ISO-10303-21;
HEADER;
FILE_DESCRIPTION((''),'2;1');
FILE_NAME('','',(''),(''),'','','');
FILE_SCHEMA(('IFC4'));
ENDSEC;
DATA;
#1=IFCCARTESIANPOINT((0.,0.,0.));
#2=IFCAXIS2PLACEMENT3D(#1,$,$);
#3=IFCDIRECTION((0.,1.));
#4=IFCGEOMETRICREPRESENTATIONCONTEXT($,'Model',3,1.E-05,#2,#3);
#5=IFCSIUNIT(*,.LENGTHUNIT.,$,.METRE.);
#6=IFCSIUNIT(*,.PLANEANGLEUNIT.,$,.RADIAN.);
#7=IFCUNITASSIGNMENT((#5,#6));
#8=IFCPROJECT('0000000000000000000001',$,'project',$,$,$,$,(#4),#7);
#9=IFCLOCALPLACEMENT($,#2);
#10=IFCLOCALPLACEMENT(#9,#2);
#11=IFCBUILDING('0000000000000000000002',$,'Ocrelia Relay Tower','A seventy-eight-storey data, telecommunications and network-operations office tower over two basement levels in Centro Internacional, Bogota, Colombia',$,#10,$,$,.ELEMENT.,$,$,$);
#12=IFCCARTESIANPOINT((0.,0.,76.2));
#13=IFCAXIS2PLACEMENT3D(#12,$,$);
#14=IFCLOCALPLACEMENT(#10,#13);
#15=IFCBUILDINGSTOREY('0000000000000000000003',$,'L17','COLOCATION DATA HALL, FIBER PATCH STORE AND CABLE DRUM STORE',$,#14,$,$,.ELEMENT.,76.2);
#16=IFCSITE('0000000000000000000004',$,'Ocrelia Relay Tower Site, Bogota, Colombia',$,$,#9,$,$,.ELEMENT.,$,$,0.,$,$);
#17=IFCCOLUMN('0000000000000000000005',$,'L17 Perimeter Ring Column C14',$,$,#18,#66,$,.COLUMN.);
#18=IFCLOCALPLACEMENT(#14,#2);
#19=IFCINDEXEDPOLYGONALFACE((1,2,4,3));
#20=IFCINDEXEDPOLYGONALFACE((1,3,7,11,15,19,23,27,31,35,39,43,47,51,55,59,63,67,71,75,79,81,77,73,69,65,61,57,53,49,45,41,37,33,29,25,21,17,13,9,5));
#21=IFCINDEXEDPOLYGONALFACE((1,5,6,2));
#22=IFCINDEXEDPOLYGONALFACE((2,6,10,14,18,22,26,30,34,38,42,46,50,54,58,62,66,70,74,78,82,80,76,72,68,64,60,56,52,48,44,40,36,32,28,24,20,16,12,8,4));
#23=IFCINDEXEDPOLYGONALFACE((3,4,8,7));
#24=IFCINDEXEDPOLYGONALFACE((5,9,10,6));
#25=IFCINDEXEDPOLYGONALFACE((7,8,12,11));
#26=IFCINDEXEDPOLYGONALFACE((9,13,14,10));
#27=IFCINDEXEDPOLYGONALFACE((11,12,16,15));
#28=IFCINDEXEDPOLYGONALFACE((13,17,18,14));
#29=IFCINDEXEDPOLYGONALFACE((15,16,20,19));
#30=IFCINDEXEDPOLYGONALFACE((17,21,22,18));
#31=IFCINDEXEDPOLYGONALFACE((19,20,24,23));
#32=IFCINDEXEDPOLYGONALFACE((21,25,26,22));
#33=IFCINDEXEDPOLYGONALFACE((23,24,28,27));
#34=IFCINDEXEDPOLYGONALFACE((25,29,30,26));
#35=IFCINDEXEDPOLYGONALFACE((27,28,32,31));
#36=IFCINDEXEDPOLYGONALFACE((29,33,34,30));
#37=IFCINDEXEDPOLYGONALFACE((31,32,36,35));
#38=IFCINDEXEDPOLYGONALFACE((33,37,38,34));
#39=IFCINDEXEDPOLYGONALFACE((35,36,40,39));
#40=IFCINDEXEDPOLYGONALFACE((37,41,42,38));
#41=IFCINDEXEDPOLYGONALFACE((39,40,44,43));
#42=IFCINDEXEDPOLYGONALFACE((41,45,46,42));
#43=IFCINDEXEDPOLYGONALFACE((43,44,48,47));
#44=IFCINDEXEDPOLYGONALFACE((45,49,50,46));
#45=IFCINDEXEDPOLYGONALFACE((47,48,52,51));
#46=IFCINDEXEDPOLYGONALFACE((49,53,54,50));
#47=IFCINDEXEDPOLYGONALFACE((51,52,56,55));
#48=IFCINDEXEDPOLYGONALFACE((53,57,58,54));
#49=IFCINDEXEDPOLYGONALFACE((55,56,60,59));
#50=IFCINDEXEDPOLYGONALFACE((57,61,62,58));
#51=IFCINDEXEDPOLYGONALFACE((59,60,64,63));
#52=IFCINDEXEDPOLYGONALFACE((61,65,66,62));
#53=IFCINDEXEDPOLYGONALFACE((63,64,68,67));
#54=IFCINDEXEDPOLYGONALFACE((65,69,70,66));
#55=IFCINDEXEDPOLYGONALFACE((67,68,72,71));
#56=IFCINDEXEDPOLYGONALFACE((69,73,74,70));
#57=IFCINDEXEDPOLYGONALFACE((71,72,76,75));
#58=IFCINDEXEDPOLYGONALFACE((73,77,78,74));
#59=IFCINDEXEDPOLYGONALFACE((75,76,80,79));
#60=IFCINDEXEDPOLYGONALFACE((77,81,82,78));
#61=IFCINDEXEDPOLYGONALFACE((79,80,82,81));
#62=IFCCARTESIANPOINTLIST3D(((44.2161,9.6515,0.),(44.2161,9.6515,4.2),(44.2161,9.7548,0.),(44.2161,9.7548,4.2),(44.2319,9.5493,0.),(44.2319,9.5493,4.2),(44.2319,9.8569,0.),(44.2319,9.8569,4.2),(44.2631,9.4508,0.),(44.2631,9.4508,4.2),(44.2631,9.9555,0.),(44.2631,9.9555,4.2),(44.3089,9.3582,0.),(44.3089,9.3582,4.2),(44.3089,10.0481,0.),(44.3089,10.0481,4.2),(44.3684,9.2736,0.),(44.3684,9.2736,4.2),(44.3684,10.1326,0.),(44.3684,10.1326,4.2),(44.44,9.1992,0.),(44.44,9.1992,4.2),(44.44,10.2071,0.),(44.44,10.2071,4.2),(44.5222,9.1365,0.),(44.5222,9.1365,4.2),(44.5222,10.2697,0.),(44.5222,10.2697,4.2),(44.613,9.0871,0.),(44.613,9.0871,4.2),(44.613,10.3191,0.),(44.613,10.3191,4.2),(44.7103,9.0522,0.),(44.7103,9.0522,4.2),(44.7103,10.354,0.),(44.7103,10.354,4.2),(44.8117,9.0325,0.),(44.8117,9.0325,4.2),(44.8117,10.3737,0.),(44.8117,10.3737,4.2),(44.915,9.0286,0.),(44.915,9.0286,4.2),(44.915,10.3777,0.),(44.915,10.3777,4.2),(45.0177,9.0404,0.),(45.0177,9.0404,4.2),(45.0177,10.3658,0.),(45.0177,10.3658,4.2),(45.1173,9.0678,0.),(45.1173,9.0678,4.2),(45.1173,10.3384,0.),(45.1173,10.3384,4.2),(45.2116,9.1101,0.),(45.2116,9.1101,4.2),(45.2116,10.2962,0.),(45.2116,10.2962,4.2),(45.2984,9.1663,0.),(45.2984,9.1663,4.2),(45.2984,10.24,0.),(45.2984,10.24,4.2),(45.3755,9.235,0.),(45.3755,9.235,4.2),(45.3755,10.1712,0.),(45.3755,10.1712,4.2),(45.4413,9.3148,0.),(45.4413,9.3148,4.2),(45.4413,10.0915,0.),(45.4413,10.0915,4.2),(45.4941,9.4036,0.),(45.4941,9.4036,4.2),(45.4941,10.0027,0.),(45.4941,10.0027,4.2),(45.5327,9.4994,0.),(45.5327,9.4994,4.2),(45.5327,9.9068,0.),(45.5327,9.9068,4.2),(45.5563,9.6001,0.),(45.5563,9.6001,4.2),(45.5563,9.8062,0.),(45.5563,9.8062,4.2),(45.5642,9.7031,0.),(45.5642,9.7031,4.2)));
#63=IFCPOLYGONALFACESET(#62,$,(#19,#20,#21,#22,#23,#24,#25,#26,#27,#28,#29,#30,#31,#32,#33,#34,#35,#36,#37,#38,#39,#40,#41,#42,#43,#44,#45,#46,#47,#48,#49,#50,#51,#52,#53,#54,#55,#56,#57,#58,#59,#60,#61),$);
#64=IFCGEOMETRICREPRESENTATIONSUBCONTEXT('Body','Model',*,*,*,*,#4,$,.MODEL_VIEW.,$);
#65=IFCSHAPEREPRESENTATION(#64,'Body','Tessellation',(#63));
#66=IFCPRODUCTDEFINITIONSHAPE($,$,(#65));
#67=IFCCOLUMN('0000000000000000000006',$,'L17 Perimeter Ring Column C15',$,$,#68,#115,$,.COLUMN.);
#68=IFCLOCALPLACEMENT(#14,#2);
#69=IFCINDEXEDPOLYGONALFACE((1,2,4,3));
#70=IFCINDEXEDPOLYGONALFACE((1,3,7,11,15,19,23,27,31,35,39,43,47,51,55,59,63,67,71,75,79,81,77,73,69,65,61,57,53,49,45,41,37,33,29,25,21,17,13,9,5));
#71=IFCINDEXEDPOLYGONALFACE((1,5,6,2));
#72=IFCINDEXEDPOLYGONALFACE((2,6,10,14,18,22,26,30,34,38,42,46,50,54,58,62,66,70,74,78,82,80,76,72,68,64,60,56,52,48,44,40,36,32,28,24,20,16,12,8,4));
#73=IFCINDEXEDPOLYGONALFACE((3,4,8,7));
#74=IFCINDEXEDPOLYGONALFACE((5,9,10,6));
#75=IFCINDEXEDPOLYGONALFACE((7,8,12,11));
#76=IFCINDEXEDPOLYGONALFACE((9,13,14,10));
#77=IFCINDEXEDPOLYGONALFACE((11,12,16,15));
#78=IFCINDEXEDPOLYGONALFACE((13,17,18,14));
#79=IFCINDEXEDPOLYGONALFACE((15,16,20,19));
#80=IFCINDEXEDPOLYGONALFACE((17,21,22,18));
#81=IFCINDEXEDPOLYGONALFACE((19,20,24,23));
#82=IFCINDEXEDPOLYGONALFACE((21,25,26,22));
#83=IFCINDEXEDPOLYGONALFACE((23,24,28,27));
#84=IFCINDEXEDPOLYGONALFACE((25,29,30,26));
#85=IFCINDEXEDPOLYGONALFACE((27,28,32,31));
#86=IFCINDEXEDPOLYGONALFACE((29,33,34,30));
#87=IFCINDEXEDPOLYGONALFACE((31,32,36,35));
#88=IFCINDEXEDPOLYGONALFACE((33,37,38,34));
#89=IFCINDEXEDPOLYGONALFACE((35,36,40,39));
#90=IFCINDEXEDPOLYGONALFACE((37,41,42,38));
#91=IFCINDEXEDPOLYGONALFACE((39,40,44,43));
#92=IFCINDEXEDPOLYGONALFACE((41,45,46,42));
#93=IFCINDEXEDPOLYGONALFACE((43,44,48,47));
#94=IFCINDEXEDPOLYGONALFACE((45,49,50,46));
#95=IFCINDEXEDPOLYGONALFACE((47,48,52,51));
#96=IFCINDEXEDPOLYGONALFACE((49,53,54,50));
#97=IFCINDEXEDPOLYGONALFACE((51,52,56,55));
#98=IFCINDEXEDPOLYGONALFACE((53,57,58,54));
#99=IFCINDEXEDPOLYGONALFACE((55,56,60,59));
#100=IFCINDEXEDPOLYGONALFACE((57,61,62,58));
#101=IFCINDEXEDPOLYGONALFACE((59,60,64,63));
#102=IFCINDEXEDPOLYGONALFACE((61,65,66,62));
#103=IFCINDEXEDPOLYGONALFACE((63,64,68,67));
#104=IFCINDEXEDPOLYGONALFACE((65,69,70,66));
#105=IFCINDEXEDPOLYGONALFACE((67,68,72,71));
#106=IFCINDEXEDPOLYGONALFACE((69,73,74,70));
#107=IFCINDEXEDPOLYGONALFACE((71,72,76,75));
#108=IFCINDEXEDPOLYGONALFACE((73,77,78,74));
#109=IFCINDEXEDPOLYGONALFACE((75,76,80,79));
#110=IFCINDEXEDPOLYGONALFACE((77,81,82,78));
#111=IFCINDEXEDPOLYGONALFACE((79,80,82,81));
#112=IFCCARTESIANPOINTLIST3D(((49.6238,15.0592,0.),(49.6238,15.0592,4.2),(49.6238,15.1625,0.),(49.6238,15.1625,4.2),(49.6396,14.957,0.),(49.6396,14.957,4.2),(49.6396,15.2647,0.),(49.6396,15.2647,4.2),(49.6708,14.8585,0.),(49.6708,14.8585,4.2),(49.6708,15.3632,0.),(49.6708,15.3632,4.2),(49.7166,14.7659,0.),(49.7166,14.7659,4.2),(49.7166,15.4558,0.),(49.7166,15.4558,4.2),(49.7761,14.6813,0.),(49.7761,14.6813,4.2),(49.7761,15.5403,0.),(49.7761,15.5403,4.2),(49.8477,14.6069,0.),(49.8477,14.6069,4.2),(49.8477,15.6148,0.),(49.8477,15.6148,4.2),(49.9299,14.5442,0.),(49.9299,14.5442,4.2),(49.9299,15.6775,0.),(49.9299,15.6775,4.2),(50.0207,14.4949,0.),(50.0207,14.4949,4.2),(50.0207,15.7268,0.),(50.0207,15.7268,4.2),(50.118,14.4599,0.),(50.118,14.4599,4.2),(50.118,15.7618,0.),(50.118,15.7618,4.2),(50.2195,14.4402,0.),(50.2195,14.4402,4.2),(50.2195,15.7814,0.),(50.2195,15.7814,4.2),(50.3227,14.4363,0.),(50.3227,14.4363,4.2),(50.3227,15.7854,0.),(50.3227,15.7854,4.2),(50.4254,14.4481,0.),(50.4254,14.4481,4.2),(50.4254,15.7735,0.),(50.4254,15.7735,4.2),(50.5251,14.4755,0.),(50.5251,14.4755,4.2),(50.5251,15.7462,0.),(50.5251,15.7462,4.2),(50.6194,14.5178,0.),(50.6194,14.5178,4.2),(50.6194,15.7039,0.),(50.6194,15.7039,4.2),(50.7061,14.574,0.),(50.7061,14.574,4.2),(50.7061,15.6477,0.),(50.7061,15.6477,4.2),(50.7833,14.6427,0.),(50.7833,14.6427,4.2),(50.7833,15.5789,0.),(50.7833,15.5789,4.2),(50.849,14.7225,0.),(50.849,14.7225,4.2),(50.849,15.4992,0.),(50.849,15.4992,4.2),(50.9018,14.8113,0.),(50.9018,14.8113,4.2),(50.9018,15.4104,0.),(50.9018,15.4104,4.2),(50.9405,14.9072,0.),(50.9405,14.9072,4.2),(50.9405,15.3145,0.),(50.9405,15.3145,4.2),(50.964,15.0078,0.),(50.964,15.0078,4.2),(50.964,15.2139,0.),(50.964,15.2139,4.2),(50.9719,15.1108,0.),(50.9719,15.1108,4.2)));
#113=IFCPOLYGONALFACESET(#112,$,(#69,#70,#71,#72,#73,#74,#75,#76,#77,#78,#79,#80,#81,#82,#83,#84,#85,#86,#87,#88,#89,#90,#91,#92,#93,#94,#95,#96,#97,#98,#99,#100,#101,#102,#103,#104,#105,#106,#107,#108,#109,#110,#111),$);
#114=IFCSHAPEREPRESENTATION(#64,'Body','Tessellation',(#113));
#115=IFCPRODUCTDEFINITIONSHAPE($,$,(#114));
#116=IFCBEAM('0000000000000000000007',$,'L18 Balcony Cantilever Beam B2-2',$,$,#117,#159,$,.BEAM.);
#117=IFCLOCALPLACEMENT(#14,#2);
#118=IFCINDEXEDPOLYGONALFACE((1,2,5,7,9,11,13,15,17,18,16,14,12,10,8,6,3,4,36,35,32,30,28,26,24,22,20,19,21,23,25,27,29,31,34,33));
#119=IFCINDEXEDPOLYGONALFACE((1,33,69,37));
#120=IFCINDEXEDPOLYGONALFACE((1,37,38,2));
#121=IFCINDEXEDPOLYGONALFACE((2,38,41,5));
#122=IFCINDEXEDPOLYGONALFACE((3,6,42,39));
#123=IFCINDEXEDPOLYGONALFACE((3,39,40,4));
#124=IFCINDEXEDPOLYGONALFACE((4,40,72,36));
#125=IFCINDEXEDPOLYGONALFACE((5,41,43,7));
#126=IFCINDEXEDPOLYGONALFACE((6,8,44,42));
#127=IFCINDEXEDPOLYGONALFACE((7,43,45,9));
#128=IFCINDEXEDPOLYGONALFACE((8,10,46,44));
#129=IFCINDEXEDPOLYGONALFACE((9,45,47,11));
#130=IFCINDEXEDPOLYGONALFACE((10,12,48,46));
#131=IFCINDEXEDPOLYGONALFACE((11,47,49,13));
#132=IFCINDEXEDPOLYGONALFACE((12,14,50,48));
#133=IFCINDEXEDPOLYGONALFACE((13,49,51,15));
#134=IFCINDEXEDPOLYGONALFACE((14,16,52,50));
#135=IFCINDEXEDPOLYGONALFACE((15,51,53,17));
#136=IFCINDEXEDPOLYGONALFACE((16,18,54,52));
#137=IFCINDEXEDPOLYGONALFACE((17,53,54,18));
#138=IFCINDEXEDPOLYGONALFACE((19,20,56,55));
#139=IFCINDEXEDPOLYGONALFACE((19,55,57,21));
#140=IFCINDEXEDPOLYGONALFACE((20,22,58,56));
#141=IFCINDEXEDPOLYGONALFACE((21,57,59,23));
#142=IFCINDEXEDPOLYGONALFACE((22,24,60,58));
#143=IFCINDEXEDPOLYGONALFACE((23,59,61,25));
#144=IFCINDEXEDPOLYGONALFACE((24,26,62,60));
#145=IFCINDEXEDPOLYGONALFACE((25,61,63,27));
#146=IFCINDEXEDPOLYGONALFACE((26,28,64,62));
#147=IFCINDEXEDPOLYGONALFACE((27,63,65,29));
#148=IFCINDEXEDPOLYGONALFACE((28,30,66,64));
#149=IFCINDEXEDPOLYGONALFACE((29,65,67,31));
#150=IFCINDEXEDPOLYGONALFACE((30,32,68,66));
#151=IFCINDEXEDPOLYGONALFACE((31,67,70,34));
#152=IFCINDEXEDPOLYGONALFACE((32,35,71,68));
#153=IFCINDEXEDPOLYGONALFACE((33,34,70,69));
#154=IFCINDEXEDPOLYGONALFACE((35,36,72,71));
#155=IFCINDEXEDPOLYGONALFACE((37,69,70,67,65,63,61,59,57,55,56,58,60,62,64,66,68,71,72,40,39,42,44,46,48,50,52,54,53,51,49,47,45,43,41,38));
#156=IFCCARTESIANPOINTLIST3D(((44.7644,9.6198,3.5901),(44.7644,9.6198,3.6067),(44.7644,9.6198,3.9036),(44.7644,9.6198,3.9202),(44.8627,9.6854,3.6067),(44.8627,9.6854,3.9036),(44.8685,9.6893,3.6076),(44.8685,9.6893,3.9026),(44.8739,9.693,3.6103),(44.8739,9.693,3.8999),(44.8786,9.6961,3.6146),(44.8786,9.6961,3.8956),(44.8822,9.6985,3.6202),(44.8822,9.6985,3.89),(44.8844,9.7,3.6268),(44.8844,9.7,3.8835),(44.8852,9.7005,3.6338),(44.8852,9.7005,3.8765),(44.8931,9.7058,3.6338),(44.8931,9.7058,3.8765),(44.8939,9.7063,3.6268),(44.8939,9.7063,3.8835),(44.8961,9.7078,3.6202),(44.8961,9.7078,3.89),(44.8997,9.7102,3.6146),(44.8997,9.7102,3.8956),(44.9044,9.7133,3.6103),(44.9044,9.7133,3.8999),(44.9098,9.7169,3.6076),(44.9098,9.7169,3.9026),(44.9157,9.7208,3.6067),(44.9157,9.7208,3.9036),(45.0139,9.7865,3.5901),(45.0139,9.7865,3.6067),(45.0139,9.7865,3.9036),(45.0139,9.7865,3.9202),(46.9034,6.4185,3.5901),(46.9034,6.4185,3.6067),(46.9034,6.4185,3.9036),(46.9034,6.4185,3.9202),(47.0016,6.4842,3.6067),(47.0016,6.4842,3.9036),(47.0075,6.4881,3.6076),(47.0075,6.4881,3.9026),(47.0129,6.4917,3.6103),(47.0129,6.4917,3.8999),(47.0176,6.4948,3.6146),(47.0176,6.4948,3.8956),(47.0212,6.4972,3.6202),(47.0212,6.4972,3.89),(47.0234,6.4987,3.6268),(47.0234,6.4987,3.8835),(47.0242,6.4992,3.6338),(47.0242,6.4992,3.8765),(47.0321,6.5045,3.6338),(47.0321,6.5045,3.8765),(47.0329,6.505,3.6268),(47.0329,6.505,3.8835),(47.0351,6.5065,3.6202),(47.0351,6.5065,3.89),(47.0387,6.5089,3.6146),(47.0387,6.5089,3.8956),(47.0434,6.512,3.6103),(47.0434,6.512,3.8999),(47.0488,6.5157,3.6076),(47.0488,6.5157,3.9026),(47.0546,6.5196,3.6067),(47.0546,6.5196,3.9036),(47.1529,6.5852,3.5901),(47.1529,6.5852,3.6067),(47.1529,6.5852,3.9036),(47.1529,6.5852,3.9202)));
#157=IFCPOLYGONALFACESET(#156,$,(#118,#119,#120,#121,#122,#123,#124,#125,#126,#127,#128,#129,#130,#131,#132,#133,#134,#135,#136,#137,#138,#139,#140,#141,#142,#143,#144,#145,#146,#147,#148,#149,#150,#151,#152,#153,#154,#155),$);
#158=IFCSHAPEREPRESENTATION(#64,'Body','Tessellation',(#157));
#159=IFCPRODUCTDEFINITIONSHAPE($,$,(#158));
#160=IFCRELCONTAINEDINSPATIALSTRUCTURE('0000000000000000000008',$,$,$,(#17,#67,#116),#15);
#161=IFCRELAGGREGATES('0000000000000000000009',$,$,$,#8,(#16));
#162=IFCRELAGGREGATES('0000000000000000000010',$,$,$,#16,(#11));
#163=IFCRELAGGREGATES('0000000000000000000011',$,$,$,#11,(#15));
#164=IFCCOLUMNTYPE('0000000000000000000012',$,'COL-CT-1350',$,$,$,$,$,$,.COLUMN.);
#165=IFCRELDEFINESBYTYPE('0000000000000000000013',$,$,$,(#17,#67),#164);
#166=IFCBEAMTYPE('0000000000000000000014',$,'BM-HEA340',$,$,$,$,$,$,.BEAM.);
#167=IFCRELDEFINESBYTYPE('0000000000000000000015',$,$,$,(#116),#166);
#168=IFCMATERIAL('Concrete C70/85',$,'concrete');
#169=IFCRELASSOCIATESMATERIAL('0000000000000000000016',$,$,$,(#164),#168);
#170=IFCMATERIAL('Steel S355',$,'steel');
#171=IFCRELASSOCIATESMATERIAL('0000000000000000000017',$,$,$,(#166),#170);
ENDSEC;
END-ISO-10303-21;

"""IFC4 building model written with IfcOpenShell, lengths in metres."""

from ifc_helpers import new_model, si_unit, direction, frame, origin, origin_2d, place, context, subcontext, project, spatial, circle, i_section, extrude, material, material_profile, profile_set, type_object, element, save


model = new_model("IFC4")

# Units and contexts
model_context = context("Model", 3, precision=1e-05, world=origin(), true_north=direction((0.0, 1.0)))
body_context = subcontext(model_context, "Body", "Model", "MODEL_VIEW")
ifc_project = project(units=[si_unit("LENGTHUNIT", "METRE"), si_unit("PLANEANGLEUNIT", "RADIAN")], contexts=[model_context])

# Site, building, storey
site_placement = place(None, origin())
site = spatial("IfcSite", under=ifc_project, at=site_placement, Name="Ocrelia Relay Tower Site, Bogota, Colombia", CompositionType="ELEMENT", RefElevation=0.0)
building_placement = place(site_placement, origin())
building = spatial("IfcBuilding", under=site, at=building_placement, Name="Ocrelia Relay Tower", Description="A seventy-eight-storey data, telecommunications and network-operations office tower over two basement levels in Centro Internacional, Bogota, Colombia", CompositionType="ELEMENT")
storey_placement = place(building_placement, frame((0.0, 0.0, 76.2)))
storey = spatial("IfcBuildingStorey", under=building, at=storey_placement, Name="L17", Description="COLOCATION DATA HALL, FIBER PATCH STORE AND CABLE DRUM STORE", CompositionType="ELEMENT", Elevation=76.2)

# Columns
ifc_material_1 = material(Name="Concrete C70/85", Category="concrete")
ifc_material_profile_1 = material_profile(ifc_material_1, circle(Radius=0.675, at=origin_2d()), Name="RC-CIR-1350")
ifc_profile_set_1 = profile_set([ifc_material_profile_1], Name="Concrete C70/85")
column_type = type_object("IfcColumnType", Name="COL-CT-1350", PredefinedType="COLUMN", material=ifc_profile_set_1)
for number, where, z_axis, x_axis, name in (
    (1, (44.8892, 9.7031, 0.0), (0.0, 0.0, 1.0), (1.0, 0.0, 0.0), "L17 Perimeter Ring Column C14"),
    (2, (50.2969, 15.1108, 0.0), (0.0, 0.0, 1.0), (1.0, 0.0, 0.0), "L17 Perimeter Ring Column C15"),
):
    element("IfcColumn", number, at=place(storey_placement, frame(where, z_axis=z_axis, x_axis=x_axis)), inside=storey, type_object=column_type, Name=name, PredefinedType="COLUMN", context=body_context, shape_type="SweptSolid", body=[
        extrude(circle(Radius=0.675, at=origin_2d()), origin(), (0.0, 0.0, 1.0), 4.2),
    ])

# Beam
ifc_material_2 = material(Name="Steel S355", Category="steel")
ifc_material_profile_2 = material_profile(ifc_material_2, i_section(OverallWidth=0.3, OverallDepth=0.3301, WebThickness=0.0095, FlangeThickness=0.0166, FilletRadius=0.0271, at=origin_2d()), Name="HEA 340")
ifc_profile_set_2 = profile_set([ifc_material_profile_2], Name="Steel S355")
beam_type_1 = type_object("IfcBeamType", Name="BM-HEA340", PredefinedType="BEAM", material=ifc_profile_set_2)
beam_1_placement = place(storey_placement, frame((44.8892, 9.7031, 3.7551), z_axis=(0.555563, -0.831474, 0.0), x_axis=(0.831474, 0.555563, 0.0)))
element("IfcBeam", 3, at=beam_1_placement, inside=storey, type_object=beam_type_1, Name="L18 Balcony Cantilever Beam B2-2", PredefinedType="BEAM", context=body_context, shape_type="SweptSolid", body=[
    extrude(i_section(OverallWidth=0.3, OverallDepth=0.3301, WebThickness=0.0095, FlangeThickness=0.0166, FilletRadius=0.0271, at=origin_2d()), origin(), (0.0, 0.0, 1.0), 3.8501),
])

save(model, "model.ifc")
